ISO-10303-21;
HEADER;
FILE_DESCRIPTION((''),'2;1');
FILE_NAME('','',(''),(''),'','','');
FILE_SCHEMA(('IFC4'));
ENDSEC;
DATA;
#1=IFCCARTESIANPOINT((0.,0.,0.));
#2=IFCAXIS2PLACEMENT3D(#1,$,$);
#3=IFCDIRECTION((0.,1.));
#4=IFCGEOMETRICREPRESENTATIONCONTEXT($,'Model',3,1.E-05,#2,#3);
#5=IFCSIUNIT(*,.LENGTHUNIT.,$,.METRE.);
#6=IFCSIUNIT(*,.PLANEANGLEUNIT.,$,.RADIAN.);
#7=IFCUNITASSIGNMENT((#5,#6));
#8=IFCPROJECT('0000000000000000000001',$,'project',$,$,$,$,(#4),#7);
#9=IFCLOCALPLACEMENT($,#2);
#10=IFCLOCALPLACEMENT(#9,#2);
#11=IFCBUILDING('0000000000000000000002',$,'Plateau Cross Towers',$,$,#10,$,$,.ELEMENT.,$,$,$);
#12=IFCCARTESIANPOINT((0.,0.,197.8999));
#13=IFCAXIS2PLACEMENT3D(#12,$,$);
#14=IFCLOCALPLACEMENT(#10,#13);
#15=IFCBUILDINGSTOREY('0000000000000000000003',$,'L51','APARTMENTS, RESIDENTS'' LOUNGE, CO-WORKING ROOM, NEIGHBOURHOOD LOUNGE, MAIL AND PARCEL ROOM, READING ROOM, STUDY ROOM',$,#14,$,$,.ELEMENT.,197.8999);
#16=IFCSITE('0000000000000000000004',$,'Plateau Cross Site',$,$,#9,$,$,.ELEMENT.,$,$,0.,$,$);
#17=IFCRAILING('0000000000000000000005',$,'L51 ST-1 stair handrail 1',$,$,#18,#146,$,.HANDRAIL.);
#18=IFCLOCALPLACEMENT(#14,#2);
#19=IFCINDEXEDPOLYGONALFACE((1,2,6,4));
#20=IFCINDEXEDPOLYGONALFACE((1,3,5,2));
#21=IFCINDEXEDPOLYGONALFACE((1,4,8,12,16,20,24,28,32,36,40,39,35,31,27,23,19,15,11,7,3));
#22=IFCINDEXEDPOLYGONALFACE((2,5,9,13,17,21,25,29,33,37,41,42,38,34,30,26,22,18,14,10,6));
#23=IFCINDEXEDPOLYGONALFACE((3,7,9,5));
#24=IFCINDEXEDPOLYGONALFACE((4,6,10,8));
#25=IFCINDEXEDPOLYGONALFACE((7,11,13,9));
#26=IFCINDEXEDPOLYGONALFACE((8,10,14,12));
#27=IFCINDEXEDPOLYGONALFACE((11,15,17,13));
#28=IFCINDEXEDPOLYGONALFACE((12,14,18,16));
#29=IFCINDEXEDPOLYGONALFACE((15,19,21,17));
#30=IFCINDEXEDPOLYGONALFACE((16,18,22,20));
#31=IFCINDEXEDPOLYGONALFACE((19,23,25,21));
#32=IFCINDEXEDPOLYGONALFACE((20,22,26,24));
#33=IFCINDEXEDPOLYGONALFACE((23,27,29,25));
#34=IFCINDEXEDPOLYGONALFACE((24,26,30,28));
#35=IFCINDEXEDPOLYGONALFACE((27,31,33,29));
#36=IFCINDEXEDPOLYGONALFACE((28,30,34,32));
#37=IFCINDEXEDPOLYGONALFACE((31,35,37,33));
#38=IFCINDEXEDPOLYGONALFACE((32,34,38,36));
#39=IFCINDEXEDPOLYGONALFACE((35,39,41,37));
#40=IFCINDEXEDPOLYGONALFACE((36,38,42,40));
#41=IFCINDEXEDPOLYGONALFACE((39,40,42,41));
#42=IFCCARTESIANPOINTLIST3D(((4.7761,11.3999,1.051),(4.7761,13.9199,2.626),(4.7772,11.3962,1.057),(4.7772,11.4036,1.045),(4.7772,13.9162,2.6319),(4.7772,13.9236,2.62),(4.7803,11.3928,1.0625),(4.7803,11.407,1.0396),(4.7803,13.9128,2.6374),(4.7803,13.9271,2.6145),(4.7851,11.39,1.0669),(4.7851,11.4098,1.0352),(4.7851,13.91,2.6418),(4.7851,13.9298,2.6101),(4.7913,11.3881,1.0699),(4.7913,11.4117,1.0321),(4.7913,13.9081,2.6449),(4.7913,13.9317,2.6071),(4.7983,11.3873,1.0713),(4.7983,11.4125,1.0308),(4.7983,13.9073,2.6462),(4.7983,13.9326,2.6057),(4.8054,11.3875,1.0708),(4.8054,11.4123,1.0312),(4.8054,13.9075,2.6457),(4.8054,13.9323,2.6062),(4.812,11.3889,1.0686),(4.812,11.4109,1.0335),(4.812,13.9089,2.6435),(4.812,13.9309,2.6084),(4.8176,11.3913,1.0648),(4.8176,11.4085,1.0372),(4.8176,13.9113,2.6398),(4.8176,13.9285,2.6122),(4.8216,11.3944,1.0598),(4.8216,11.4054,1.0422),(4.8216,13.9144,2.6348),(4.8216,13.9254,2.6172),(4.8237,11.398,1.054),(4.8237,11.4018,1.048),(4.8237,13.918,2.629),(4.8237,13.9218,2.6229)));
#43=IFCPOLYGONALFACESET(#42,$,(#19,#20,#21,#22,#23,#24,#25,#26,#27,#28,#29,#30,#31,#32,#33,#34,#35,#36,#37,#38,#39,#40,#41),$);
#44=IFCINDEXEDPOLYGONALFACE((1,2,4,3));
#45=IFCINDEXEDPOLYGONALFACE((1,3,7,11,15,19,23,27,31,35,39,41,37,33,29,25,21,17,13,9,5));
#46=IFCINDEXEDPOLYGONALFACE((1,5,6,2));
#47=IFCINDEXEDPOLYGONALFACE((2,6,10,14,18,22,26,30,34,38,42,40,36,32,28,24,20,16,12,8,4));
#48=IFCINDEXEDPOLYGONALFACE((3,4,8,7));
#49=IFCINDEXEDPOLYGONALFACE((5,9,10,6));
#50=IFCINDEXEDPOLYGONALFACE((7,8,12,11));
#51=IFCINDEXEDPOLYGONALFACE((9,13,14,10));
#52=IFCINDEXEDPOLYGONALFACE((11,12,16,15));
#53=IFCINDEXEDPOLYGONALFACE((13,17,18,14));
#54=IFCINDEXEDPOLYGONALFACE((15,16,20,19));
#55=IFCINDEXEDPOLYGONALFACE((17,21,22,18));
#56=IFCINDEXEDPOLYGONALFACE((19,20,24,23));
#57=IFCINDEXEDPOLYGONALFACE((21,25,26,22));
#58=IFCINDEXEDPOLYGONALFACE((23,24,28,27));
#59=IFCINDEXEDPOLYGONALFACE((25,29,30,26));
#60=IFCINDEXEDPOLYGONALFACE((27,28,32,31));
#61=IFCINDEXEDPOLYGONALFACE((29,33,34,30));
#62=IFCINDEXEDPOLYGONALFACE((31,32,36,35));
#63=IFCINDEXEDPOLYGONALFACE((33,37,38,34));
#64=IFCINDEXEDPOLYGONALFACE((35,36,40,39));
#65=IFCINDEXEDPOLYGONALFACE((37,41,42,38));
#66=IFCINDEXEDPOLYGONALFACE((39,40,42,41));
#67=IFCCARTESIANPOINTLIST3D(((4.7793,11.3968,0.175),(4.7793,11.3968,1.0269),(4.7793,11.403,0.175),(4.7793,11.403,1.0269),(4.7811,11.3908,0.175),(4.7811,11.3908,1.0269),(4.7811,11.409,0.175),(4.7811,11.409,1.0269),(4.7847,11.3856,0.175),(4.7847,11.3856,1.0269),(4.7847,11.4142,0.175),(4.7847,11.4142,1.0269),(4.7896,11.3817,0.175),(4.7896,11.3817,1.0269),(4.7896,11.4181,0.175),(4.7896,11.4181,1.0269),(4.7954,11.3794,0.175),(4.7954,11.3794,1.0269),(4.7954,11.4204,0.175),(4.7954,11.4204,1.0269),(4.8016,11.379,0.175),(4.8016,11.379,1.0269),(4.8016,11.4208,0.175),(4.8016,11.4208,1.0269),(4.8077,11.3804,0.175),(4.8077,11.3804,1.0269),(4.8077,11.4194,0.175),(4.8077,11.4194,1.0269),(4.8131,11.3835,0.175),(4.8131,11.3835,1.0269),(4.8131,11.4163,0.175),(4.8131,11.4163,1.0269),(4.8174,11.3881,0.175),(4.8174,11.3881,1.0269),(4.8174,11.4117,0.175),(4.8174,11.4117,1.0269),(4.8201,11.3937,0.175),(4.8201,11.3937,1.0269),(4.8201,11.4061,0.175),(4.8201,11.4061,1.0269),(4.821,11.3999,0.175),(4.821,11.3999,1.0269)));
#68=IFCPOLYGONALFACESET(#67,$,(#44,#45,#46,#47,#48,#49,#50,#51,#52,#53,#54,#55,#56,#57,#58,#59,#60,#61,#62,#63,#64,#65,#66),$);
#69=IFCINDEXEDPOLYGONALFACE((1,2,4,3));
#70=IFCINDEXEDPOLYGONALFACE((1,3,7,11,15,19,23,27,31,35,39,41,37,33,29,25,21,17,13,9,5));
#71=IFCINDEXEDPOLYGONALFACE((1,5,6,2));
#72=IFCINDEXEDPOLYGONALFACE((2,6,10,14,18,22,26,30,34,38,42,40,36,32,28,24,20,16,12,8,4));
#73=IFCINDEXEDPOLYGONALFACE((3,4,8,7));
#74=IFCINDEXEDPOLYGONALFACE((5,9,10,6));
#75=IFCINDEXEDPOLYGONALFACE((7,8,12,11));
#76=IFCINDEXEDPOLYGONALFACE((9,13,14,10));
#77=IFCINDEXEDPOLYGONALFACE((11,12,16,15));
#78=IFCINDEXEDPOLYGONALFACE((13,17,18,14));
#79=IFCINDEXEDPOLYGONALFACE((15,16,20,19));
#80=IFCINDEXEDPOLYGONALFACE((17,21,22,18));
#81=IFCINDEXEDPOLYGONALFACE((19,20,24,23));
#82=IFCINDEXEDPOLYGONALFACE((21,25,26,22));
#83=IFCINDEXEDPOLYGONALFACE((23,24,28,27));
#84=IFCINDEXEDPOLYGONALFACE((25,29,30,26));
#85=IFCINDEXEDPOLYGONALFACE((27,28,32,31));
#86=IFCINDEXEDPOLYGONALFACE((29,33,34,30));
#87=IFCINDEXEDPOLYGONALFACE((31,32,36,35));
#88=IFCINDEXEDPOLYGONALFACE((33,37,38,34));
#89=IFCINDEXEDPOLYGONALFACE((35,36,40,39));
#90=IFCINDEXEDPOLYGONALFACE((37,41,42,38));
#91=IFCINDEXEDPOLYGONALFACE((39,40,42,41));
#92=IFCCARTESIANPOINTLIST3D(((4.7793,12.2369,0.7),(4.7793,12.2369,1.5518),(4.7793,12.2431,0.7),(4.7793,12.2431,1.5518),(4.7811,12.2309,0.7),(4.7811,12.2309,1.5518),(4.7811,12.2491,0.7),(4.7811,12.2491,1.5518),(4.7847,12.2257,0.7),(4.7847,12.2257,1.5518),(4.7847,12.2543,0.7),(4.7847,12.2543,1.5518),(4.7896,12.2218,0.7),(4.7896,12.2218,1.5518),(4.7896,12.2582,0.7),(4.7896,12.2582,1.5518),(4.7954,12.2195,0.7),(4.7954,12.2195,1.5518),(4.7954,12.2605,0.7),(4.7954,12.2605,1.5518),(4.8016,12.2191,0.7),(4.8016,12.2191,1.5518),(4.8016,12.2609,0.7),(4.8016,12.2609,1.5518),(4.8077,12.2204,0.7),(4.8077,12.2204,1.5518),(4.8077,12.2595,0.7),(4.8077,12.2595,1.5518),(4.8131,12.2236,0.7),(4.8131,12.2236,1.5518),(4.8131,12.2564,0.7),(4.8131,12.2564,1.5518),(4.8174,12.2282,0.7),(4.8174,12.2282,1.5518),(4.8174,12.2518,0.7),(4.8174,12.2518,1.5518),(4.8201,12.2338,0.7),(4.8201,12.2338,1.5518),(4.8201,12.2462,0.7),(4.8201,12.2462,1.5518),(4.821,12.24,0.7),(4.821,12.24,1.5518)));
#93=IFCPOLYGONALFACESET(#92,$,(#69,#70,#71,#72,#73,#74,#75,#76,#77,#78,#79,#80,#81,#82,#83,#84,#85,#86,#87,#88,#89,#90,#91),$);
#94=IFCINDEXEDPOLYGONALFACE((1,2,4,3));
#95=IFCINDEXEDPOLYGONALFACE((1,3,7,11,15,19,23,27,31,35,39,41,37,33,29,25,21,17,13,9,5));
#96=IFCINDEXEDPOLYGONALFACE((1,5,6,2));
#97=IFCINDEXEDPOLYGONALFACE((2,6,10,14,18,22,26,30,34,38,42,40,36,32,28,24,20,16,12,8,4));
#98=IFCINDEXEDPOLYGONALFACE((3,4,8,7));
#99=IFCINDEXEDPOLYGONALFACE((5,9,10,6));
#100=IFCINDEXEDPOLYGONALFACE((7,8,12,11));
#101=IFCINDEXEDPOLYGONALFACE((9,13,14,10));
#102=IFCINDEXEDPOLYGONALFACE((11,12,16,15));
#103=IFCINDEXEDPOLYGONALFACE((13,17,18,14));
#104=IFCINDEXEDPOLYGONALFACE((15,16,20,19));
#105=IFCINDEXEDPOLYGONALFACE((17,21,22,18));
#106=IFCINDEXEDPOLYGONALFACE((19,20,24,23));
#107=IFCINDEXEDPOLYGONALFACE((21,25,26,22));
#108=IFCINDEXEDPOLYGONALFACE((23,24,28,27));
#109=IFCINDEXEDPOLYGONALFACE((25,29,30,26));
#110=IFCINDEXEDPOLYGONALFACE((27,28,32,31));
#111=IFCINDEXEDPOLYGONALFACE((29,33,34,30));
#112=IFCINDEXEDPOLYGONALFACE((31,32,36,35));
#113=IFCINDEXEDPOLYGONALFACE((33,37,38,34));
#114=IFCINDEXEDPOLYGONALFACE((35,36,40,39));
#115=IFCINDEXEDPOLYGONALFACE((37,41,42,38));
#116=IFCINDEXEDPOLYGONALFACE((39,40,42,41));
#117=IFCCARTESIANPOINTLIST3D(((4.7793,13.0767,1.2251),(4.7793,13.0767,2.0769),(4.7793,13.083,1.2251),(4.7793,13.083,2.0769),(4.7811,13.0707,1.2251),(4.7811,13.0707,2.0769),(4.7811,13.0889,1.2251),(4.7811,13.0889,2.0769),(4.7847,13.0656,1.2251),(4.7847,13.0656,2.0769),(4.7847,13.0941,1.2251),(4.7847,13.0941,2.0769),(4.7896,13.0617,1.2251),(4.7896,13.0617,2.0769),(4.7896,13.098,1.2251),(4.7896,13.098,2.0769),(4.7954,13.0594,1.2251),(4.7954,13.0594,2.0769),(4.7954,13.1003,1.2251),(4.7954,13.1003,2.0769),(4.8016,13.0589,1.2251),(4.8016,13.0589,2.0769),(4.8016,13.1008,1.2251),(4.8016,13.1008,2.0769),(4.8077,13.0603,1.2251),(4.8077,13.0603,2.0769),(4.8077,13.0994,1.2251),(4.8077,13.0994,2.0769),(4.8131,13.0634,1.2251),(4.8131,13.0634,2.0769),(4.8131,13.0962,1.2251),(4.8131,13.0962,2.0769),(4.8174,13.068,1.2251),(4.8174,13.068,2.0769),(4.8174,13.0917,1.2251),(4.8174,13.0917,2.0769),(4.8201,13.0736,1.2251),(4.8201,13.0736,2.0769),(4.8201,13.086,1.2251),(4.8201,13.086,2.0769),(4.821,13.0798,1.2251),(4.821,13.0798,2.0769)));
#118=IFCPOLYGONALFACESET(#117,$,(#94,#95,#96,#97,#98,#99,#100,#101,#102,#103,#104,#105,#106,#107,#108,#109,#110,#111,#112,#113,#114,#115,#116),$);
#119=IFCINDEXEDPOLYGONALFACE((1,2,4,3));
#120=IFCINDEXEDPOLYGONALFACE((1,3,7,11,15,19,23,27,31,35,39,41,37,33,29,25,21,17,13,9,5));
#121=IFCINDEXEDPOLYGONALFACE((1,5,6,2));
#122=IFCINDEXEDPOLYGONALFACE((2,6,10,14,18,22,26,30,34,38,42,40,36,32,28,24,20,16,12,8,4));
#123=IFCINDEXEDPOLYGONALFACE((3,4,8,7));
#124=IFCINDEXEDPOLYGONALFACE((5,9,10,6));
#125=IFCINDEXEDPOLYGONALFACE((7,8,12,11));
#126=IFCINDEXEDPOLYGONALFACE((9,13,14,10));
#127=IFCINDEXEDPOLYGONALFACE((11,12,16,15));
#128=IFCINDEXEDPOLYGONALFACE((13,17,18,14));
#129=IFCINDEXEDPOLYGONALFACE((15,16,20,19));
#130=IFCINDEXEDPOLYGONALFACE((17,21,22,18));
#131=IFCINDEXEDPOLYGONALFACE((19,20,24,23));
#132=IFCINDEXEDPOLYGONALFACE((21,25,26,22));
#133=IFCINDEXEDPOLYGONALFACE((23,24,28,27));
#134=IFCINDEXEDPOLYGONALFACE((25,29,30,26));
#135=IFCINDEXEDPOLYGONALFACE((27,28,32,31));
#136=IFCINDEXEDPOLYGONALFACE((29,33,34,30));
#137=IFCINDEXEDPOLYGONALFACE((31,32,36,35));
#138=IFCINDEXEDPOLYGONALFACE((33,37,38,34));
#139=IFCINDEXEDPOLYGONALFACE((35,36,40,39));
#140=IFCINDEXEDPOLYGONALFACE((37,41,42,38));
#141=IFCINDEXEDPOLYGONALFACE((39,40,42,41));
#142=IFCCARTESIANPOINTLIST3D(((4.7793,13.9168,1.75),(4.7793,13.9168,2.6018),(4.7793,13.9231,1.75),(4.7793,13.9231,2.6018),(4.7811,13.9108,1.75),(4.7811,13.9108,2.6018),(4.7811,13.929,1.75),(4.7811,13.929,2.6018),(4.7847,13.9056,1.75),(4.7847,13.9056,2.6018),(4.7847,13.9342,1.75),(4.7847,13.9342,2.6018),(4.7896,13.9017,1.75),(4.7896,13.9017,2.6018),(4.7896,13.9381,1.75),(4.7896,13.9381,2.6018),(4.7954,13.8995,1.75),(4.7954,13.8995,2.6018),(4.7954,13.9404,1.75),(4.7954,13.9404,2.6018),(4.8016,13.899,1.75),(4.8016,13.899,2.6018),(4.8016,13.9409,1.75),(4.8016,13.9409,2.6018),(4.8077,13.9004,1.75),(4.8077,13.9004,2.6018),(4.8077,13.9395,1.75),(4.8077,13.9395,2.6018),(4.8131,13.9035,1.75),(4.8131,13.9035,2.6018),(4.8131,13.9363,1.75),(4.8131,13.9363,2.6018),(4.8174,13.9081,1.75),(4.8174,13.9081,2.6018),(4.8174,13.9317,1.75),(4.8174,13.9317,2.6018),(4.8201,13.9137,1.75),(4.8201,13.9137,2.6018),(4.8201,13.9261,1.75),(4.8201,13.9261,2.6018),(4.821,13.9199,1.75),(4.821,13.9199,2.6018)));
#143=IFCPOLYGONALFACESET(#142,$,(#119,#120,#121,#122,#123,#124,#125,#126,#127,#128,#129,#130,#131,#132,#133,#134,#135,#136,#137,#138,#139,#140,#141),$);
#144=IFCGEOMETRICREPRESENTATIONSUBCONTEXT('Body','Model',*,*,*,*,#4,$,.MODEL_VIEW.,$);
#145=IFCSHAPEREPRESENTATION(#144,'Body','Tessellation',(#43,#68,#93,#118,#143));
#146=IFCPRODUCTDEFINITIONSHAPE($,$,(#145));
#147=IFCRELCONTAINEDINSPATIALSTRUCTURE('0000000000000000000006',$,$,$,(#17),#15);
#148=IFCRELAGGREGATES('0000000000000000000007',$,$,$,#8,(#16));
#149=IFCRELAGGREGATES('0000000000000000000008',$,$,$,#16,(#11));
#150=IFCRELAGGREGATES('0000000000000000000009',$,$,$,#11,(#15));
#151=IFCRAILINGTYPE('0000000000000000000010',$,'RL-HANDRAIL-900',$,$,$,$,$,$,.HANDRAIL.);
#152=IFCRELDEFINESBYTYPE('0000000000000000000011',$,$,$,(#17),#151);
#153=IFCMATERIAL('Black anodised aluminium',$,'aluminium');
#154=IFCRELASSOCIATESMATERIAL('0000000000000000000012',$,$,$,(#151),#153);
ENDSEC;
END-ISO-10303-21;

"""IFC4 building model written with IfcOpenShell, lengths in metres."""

from ifc_helpers import new_model, si_unit, direction, frame, origin, origin_2d, place, context, subcontext, project, spatial, circle, extrude, material, type_object, element, save


model = new_model("IFC4")

# Units and contexts
model_context = context("Model", 3, precision=1e-05, world=origin(), true_north=direction((0.0, 1.0)))
body_context = subcontext(model_context, "Body", "Model", "MODEL_VIEW")
ifc_project = project(units=[si_unit("LENGTHUNIT", "METRE"), si_unit("PLANEANGLEUNIT", "RADIAN")], contexts=[model_context])

# Site, building, storey
site_placement = place(None, origin())
site = spatial("IfcSite", under=ifc_project, at=site_placement, Name="Plateau Cross Site", CompositionType="ELEMENT", RefElevation=0.0)
building_placement = place(site_placement, origin())
building = spatial("IfcBuilding", under=site, at=building_placement, Name="Plateau Cross Towers", CompositionType="ELEMENT")
storey_placement = place(building_placement, frame((0.0, 0.0, 197.8999)))
storey = spatial("IfcBuildingStorey", under=building, at=storey_placement, Name="L51", Description="APARTMENTS, RESIDENTS' LOUNGE, CO-WORKING ROOM, NEIGHBOURHOOD LOUNGE, MAIL AND PARCEL ROOM, READING ROOM, STUDY ROOM", CompositionType="ELEMENT", Elevation=197.8999)

# Railing
ifc_material_1 = material(Name="Black anodised aluminium", Category="aluminium")
railing_type = type_object("IfcRailingType", Name="RL-HANDRAIL-900", PredefinedType="HANDRAIL", material=ifc_material_1)
railing_1_placement = place(storey_placement, frame((4.8, 11.3999, 0.175)))
element("IfcRailing", 1, at=railing_1_placement, inside=storey, type_object=railing_type, Name="L51 ST-1 stair handrail 1", PredefinedType="HANDRAIL", context=body_context, shape_type="SweptSolid", body=[
    extrude(circle(Radius=0.0239, at=origin_2d()), frame((0.0, 0.0, 0.876), z_axis=(0.0, 0.848008, 0.529984), x_axis=(-1.0, 0.0, 0.0)), (0.0, 0.0, 1.0), 2.9717),
    extrude(circle(Radius=0.021, at=origin_2d()), origin(), (0.0, 0.0, 1.0), 0.8518),
    extrude(circle(Radius=0.021, at=origin_2d()), frame((0.0, 0.8401, 0.5249)), (0.0, 0.0, 1.0), 0.8518),
    extrude(circle(Radius=0.021, at=origin_2d()), frame((0.0, 1.6799, 1.05)), (0.0, 0.0, 1.0), 0.8518),
    extrude(circle(Radius=0.021, at=origin_2d()), frame((0.0, 2.52, 1.575)), (0.0, 0.0, 1.0), 0.8518),
])

save(model, "model.ifc")
